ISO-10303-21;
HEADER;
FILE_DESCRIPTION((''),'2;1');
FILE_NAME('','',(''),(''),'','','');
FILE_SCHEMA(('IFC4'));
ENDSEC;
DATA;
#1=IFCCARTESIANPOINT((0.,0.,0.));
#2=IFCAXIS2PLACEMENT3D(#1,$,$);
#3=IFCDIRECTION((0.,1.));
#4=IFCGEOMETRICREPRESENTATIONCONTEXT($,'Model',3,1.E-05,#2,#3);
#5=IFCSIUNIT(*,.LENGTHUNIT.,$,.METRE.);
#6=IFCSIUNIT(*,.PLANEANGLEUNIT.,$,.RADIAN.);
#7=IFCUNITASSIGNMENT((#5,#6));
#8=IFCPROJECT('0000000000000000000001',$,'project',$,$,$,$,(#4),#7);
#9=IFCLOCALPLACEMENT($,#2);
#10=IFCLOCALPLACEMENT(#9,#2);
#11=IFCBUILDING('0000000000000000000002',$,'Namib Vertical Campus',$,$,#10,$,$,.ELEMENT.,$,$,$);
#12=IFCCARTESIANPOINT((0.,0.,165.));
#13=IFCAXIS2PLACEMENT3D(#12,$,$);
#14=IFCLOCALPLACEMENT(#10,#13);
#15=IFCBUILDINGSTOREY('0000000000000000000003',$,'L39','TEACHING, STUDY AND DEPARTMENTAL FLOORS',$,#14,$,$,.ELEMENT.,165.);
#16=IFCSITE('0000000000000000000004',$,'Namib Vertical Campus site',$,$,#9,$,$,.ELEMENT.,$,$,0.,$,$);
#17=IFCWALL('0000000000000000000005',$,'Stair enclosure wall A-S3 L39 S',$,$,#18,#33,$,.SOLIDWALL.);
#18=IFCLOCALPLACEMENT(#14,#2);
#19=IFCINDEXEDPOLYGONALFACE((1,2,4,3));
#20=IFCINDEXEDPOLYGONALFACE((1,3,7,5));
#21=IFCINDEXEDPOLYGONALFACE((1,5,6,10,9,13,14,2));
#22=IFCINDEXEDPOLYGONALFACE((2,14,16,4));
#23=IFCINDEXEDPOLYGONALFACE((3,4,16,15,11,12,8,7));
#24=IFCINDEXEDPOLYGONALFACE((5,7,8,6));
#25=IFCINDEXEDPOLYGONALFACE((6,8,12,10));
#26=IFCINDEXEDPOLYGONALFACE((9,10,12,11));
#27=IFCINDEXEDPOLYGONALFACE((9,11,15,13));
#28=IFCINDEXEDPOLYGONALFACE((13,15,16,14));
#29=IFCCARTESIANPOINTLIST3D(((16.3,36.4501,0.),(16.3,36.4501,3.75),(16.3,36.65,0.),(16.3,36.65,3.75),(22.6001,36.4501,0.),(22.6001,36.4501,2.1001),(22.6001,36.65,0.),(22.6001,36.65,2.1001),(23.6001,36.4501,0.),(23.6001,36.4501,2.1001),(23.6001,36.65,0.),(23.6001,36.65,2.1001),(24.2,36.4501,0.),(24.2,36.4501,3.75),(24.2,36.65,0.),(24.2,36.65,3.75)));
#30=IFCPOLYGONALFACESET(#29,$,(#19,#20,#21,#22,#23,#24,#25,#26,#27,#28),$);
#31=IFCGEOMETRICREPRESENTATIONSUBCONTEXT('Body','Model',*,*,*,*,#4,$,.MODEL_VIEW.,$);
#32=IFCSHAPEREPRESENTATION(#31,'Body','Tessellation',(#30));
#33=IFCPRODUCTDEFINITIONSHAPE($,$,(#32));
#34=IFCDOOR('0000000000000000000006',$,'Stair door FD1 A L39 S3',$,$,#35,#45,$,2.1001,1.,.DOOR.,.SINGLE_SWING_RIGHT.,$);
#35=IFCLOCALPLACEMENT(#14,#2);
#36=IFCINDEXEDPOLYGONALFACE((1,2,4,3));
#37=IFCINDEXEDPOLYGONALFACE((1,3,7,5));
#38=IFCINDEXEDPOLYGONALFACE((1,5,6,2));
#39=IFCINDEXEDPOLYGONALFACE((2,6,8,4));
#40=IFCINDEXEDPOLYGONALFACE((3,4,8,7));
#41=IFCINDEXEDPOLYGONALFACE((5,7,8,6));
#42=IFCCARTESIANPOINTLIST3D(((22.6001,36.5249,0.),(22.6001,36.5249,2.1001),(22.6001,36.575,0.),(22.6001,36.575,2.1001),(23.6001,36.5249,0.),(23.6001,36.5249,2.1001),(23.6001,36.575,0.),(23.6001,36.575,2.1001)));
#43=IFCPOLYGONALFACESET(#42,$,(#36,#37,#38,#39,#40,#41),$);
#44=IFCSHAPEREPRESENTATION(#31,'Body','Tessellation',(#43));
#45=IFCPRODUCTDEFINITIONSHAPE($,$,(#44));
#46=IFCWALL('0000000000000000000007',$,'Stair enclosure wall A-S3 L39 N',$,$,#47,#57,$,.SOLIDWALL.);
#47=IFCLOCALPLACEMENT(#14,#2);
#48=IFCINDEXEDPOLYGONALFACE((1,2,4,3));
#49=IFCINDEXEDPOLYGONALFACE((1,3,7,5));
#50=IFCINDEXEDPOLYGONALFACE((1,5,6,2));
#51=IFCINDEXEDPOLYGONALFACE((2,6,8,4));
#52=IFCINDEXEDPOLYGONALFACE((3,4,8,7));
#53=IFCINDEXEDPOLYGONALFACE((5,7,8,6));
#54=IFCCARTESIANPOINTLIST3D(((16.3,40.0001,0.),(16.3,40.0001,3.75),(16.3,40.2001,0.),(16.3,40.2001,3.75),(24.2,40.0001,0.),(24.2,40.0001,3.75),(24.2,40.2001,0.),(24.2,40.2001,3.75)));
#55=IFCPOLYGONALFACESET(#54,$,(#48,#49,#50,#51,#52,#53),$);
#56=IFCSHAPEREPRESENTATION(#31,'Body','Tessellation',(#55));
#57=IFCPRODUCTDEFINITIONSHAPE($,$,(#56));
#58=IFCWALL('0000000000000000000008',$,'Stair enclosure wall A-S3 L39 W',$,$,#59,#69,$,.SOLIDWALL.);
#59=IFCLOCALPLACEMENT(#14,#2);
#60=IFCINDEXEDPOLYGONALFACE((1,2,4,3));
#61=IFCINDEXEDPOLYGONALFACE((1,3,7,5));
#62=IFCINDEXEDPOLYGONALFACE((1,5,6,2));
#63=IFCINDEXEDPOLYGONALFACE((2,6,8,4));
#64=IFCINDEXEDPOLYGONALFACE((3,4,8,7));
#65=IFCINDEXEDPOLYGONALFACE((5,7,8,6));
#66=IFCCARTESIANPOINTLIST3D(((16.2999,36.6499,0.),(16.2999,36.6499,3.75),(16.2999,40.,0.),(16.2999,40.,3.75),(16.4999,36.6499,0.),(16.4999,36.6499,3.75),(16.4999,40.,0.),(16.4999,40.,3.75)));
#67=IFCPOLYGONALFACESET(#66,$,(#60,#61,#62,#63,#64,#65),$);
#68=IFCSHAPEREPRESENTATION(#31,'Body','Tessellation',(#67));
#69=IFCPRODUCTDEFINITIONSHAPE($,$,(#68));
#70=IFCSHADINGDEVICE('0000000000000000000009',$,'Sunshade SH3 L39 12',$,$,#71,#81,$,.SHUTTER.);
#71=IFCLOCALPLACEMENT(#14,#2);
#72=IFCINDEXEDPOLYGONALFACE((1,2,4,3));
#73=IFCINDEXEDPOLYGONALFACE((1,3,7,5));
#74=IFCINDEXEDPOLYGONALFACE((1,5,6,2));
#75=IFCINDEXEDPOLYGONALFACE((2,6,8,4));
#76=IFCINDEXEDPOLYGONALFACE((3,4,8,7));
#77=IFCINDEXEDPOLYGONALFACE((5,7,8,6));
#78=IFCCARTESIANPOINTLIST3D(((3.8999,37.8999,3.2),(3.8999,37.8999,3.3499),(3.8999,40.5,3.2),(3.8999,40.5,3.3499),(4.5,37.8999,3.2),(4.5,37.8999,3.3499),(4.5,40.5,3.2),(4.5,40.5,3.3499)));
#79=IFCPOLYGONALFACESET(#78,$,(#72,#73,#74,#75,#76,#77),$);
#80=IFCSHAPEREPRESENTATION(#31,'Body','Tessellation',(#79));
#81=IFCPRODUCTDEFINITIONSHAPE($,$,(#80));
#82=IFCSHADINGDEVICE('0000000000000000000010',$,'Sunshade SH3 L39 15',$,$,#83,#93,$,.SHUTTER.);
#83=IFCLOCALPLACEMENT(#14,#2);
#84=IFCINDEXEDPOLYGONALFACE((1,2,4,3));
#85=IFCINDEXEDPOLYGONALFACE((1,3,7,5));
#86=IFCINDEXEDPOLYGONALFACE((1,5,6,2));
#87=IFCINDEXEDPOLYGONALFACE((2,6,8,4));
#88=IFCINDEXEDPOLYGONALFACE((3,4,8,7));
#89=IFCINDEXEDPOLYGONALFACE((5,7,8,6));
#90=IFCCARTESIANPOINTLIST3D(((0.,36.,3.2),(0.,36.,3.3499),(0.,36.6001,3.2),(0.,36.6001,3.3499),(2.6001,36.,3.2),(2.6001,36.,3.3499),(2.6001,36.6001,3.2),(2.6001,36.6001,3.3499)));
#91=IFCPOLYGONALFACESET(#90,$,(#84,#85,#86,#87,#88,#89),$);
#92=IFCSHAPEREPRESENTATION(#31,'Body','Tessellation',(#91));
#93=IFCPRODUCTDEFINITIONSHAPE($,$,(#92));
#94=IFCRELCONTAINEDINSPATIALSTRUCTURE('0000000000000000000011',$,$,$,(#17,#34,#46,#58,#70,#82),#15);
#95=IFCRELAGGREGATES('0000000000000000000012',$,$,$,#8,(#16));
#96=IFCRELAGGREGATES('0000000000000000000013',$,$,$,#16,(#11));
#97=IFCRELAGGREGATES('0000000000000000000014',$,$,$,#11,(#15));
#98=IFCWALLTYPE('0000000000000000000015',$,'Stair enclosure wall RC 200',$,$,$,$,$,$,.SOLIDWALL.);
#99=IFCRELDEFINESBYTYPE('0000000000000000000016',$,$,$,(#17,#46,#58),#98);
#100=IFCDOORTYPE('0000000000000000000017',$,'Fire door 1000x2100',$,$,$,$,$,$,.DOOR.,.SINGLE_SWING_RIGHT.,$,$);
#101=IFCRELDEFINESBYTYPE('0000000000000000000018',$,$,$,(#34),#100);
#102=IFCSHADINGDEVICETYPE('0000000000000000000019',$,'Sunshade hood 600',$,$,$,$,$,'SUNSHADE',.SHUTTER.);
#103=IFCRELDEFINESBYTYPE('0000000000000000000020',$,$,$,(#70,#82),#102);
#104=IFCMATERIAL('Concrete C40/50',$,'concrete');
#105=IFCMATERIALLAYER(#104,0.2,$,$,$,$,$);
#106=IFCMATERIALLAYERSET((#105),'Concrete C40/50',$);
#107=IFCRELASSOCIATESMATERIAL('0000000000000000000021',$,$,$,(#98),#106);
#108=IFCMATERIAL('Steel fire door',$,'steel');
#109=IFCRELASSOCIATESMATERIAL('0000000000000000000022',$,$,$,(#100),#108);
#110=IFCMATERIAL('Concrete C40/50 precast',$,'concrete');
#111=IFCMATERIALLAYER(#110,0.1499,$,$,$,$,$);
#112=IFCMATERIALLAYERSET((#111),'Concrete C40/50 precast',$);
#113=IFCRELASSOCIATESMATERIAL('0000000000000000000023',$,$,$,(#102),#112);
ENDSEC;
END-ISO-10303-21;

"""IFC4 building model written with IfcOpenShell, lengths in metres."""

from ifc_helpers import new_model, si_unit, direction, frame, frame_2d, origin, origin_2d, place, context, subcontext, project, spatial, rectangle, extrude, material, layer, layer_set, type_object, element, fill, save


model = new_model("IFC4")

# Units and contexts
model_context = context("Model", 3, precision=1e-05, world=origin(), true_north=direction((0.0, 1.0)))
body_context = subcontext(model_context, "Body", "Model", "MODEL_VIEW")
ifc_project = project(units=[si_unit("LENGTHUNIT", "METRE"), si_unit("PLANEANGLEUNIT", "RADIAN")], contexts=[model_context])

# Site, building, storey
site_placement = place(None, origin())
site = spatial("IfcSite", under=ifc_project, at=site_placement, Name="Namib Vertical Campus site", CompositionType="ELEMENT", RefElevation=0.0)
building_placement = place(site_placement, origin())
building = spatial("IfcBuilding", under=site, at=building_placement, Name="Namib Vertical Campus", CompositionType="ELEMENT")
storey_placement = place(building_placement, frame((0.0, 0.0, 165.0)))
storey = spatial("IfcBuildingStorey", under=building, at=storey_placement, Name="L39", Description="TEACHING, STUDY AND DEPARTMENTAL FLOORS", CompositionType="ELEMENT", Elevation=165.0)

# Wall, opening, door
ifc_material_1 = material(Name="Concrete C40/50", Category="concrete")
ifc_layer_1 = layer(ifc_material_1, 0.2)
ifc_layer_set_1 = layer_set([ifc_layer_1], Name="Concrete C40/50")
wall_type_1 = type_object("IfcWallType", Name="Stair enclosure wall RC 200", PredefinedType="SOLIDWALL", material=ifc_layer_set_1)
wall_1_placement = place(storey_placement, frame((16.3, 36.55, 0.0), z_axis=(0.0, 0.0, 1.0), x_axis=(1.0, 0.0, 0.0)))
wall_1 = element("IfcWall", 1, at=wall_1_placement, inside=storey, type_object=wall_type_1, Name="Stair enclosure wall A-S3 L39 S", PredefinedType="SOLIDWALL", context=body_context, shape_type="SweptSolid", body=[
    extrude(rectangle(XDim=7.8999, YDim=0.2, at=frame_2d((3.95, 0.0))), origin(), (0.0, 0.0, 1.0), 3.75),
])
opening_1_placement = place(wall_1_placement, frame((6.3, 0.0, 0.0)))
opening_1 = element("IfcOpeningElement", 2, at=opening_1_placement, cuts=wall_1, PredefinedType="OPENING", context=body_context, shape_type="SweptSolid", body=[
    extrude(rectangle(XDim=1.0, YDim=2.1001, at=frame_2d((0.5, 1.05))), frame((0.0, 0.1099, 0.0), z_axis=(0.0, -1.0, 0.0), x_axis=(1.0, 0.0, 0.0)), (0.0, 0.0, 1.0), 0.22),
])
ifc_material_2 = material(Name="Steel fire door", Category="steel")
door_type = type_object("IfcDoorType", Name="Fire door 1000x2100", OperationType="SINGLE_SWING_RIGHT", PredefinedType="DOOR", material=ifc_material_2)
door_placement = place(opening_1_placement, origin())
door = element("IfcDoor", 3, at=door_placement, inside=storey, type_object=door_type, Name="Stair door FD1 A L39 S3", OperationType="SINGLE_SWING_RIGHT", OverallHeight=2.1001, OverallWidth=1.0, PredefinedType="DOOR", context=body_context, shape_type="SweptSolid", body=[
    extrude(rectangle(XDim=1.0, YDim=2.1001, at=frame_2d((0.5, 1.05))), frame((0.0, 0.0249, 0.0), z_axis=(0.0, -1.0, 0.0), x_axis=(1.0, 0.0, 0.0)), (0.0, 0.0, 1.0), 0.05),
])
fill(opening_1, door)

# Walls
wall_2_placement = place(storey_placement, frame((16.3, 40.1001, 0.0), z_axis=(0.0, 0.0, 1.0), x_axis=(1.0, 0.0, 0.0)))
element("IfcWall", 4, at=wall_2_placement, inside=storey, type_object=wall_type_1, Name="Stair enclosure wall A-S3 L39 N", PredefinedType="SOLIDWALL", context=body_context, shape_type="SweptSolid", body=[
    extrude(rectangle(XDim=7.8999, YDim=0.2, at=frame_2d((3.95, 0.0))), origin(), (0.0, 0.0, 1.0), 3.75),
])
wall_3_placement = place(storey_placement, frame((16.3999, 36.6499, 0.0), z_axis=(0.0, 0.0, 1.0), x_axis=(0.0, 1.0, 0.0)))
element("IfcWall", 5, at=wall_3_placement, inside=storey, type_object=wall_type_1, Name="Stair enclosure wall A-S3 L39 W", PredefinedType="SOLIDWALL", context=body_context, shape_type="SweptSolid", body=[
    extrude(rectangle(XDim=3.3501, YDim=0.2, at=frame_2d((1.675, 0.0))), origin(), (0.0, 0.0, 1.0), 3.75),
])

# Shading devices
ifc_material_3 = material(Name="Concrete C40/50 precast", Category="concrete")
ifc_layer_2 = layer(ifc_material_3, 0.1499)
ifc_layer_set_2 = layer_set([ifc_layer_2], Name="Concrete C40/50 precast")
shading_device_type = type_object("IfcShadingDeviceType", Name="Sunshade hood 600", ElementType="SUNSHADE", PredefinedType="SHUTTER", material=ifc_layer_set_2)
for number, where, z_axis, x_axis, name in (
    (6, (4.2, 39.2, 3.2), (0.0, 0.0, 1.0), (0.0, -1.0, 0.0), "Sunshade SH3 L39 12"),
    (7, (1.3, 36.3, 3.2), (0.0, 0.0, 1.0), (-1.0, 0.0, 0.0), "Sunshade SH3 L39 15"),
):
    element("IfcShadingDevice", number, at=place(storey_placement, frame(where, z_axis=z_axis, x_axis=x_axis)), inside=storey, type_object=shading_device_type, Name=name, PredefinedType="SHUTTER", context=body_context, shape_type="SweptSolid", body=[
        extrude(rectangle(XDim=2.6001, YDim=0.6001, at=origin_2d()), origin(), (0.0, 0.0, 1.0), 0.1499),
    ])

save(model, "model.ifc")
